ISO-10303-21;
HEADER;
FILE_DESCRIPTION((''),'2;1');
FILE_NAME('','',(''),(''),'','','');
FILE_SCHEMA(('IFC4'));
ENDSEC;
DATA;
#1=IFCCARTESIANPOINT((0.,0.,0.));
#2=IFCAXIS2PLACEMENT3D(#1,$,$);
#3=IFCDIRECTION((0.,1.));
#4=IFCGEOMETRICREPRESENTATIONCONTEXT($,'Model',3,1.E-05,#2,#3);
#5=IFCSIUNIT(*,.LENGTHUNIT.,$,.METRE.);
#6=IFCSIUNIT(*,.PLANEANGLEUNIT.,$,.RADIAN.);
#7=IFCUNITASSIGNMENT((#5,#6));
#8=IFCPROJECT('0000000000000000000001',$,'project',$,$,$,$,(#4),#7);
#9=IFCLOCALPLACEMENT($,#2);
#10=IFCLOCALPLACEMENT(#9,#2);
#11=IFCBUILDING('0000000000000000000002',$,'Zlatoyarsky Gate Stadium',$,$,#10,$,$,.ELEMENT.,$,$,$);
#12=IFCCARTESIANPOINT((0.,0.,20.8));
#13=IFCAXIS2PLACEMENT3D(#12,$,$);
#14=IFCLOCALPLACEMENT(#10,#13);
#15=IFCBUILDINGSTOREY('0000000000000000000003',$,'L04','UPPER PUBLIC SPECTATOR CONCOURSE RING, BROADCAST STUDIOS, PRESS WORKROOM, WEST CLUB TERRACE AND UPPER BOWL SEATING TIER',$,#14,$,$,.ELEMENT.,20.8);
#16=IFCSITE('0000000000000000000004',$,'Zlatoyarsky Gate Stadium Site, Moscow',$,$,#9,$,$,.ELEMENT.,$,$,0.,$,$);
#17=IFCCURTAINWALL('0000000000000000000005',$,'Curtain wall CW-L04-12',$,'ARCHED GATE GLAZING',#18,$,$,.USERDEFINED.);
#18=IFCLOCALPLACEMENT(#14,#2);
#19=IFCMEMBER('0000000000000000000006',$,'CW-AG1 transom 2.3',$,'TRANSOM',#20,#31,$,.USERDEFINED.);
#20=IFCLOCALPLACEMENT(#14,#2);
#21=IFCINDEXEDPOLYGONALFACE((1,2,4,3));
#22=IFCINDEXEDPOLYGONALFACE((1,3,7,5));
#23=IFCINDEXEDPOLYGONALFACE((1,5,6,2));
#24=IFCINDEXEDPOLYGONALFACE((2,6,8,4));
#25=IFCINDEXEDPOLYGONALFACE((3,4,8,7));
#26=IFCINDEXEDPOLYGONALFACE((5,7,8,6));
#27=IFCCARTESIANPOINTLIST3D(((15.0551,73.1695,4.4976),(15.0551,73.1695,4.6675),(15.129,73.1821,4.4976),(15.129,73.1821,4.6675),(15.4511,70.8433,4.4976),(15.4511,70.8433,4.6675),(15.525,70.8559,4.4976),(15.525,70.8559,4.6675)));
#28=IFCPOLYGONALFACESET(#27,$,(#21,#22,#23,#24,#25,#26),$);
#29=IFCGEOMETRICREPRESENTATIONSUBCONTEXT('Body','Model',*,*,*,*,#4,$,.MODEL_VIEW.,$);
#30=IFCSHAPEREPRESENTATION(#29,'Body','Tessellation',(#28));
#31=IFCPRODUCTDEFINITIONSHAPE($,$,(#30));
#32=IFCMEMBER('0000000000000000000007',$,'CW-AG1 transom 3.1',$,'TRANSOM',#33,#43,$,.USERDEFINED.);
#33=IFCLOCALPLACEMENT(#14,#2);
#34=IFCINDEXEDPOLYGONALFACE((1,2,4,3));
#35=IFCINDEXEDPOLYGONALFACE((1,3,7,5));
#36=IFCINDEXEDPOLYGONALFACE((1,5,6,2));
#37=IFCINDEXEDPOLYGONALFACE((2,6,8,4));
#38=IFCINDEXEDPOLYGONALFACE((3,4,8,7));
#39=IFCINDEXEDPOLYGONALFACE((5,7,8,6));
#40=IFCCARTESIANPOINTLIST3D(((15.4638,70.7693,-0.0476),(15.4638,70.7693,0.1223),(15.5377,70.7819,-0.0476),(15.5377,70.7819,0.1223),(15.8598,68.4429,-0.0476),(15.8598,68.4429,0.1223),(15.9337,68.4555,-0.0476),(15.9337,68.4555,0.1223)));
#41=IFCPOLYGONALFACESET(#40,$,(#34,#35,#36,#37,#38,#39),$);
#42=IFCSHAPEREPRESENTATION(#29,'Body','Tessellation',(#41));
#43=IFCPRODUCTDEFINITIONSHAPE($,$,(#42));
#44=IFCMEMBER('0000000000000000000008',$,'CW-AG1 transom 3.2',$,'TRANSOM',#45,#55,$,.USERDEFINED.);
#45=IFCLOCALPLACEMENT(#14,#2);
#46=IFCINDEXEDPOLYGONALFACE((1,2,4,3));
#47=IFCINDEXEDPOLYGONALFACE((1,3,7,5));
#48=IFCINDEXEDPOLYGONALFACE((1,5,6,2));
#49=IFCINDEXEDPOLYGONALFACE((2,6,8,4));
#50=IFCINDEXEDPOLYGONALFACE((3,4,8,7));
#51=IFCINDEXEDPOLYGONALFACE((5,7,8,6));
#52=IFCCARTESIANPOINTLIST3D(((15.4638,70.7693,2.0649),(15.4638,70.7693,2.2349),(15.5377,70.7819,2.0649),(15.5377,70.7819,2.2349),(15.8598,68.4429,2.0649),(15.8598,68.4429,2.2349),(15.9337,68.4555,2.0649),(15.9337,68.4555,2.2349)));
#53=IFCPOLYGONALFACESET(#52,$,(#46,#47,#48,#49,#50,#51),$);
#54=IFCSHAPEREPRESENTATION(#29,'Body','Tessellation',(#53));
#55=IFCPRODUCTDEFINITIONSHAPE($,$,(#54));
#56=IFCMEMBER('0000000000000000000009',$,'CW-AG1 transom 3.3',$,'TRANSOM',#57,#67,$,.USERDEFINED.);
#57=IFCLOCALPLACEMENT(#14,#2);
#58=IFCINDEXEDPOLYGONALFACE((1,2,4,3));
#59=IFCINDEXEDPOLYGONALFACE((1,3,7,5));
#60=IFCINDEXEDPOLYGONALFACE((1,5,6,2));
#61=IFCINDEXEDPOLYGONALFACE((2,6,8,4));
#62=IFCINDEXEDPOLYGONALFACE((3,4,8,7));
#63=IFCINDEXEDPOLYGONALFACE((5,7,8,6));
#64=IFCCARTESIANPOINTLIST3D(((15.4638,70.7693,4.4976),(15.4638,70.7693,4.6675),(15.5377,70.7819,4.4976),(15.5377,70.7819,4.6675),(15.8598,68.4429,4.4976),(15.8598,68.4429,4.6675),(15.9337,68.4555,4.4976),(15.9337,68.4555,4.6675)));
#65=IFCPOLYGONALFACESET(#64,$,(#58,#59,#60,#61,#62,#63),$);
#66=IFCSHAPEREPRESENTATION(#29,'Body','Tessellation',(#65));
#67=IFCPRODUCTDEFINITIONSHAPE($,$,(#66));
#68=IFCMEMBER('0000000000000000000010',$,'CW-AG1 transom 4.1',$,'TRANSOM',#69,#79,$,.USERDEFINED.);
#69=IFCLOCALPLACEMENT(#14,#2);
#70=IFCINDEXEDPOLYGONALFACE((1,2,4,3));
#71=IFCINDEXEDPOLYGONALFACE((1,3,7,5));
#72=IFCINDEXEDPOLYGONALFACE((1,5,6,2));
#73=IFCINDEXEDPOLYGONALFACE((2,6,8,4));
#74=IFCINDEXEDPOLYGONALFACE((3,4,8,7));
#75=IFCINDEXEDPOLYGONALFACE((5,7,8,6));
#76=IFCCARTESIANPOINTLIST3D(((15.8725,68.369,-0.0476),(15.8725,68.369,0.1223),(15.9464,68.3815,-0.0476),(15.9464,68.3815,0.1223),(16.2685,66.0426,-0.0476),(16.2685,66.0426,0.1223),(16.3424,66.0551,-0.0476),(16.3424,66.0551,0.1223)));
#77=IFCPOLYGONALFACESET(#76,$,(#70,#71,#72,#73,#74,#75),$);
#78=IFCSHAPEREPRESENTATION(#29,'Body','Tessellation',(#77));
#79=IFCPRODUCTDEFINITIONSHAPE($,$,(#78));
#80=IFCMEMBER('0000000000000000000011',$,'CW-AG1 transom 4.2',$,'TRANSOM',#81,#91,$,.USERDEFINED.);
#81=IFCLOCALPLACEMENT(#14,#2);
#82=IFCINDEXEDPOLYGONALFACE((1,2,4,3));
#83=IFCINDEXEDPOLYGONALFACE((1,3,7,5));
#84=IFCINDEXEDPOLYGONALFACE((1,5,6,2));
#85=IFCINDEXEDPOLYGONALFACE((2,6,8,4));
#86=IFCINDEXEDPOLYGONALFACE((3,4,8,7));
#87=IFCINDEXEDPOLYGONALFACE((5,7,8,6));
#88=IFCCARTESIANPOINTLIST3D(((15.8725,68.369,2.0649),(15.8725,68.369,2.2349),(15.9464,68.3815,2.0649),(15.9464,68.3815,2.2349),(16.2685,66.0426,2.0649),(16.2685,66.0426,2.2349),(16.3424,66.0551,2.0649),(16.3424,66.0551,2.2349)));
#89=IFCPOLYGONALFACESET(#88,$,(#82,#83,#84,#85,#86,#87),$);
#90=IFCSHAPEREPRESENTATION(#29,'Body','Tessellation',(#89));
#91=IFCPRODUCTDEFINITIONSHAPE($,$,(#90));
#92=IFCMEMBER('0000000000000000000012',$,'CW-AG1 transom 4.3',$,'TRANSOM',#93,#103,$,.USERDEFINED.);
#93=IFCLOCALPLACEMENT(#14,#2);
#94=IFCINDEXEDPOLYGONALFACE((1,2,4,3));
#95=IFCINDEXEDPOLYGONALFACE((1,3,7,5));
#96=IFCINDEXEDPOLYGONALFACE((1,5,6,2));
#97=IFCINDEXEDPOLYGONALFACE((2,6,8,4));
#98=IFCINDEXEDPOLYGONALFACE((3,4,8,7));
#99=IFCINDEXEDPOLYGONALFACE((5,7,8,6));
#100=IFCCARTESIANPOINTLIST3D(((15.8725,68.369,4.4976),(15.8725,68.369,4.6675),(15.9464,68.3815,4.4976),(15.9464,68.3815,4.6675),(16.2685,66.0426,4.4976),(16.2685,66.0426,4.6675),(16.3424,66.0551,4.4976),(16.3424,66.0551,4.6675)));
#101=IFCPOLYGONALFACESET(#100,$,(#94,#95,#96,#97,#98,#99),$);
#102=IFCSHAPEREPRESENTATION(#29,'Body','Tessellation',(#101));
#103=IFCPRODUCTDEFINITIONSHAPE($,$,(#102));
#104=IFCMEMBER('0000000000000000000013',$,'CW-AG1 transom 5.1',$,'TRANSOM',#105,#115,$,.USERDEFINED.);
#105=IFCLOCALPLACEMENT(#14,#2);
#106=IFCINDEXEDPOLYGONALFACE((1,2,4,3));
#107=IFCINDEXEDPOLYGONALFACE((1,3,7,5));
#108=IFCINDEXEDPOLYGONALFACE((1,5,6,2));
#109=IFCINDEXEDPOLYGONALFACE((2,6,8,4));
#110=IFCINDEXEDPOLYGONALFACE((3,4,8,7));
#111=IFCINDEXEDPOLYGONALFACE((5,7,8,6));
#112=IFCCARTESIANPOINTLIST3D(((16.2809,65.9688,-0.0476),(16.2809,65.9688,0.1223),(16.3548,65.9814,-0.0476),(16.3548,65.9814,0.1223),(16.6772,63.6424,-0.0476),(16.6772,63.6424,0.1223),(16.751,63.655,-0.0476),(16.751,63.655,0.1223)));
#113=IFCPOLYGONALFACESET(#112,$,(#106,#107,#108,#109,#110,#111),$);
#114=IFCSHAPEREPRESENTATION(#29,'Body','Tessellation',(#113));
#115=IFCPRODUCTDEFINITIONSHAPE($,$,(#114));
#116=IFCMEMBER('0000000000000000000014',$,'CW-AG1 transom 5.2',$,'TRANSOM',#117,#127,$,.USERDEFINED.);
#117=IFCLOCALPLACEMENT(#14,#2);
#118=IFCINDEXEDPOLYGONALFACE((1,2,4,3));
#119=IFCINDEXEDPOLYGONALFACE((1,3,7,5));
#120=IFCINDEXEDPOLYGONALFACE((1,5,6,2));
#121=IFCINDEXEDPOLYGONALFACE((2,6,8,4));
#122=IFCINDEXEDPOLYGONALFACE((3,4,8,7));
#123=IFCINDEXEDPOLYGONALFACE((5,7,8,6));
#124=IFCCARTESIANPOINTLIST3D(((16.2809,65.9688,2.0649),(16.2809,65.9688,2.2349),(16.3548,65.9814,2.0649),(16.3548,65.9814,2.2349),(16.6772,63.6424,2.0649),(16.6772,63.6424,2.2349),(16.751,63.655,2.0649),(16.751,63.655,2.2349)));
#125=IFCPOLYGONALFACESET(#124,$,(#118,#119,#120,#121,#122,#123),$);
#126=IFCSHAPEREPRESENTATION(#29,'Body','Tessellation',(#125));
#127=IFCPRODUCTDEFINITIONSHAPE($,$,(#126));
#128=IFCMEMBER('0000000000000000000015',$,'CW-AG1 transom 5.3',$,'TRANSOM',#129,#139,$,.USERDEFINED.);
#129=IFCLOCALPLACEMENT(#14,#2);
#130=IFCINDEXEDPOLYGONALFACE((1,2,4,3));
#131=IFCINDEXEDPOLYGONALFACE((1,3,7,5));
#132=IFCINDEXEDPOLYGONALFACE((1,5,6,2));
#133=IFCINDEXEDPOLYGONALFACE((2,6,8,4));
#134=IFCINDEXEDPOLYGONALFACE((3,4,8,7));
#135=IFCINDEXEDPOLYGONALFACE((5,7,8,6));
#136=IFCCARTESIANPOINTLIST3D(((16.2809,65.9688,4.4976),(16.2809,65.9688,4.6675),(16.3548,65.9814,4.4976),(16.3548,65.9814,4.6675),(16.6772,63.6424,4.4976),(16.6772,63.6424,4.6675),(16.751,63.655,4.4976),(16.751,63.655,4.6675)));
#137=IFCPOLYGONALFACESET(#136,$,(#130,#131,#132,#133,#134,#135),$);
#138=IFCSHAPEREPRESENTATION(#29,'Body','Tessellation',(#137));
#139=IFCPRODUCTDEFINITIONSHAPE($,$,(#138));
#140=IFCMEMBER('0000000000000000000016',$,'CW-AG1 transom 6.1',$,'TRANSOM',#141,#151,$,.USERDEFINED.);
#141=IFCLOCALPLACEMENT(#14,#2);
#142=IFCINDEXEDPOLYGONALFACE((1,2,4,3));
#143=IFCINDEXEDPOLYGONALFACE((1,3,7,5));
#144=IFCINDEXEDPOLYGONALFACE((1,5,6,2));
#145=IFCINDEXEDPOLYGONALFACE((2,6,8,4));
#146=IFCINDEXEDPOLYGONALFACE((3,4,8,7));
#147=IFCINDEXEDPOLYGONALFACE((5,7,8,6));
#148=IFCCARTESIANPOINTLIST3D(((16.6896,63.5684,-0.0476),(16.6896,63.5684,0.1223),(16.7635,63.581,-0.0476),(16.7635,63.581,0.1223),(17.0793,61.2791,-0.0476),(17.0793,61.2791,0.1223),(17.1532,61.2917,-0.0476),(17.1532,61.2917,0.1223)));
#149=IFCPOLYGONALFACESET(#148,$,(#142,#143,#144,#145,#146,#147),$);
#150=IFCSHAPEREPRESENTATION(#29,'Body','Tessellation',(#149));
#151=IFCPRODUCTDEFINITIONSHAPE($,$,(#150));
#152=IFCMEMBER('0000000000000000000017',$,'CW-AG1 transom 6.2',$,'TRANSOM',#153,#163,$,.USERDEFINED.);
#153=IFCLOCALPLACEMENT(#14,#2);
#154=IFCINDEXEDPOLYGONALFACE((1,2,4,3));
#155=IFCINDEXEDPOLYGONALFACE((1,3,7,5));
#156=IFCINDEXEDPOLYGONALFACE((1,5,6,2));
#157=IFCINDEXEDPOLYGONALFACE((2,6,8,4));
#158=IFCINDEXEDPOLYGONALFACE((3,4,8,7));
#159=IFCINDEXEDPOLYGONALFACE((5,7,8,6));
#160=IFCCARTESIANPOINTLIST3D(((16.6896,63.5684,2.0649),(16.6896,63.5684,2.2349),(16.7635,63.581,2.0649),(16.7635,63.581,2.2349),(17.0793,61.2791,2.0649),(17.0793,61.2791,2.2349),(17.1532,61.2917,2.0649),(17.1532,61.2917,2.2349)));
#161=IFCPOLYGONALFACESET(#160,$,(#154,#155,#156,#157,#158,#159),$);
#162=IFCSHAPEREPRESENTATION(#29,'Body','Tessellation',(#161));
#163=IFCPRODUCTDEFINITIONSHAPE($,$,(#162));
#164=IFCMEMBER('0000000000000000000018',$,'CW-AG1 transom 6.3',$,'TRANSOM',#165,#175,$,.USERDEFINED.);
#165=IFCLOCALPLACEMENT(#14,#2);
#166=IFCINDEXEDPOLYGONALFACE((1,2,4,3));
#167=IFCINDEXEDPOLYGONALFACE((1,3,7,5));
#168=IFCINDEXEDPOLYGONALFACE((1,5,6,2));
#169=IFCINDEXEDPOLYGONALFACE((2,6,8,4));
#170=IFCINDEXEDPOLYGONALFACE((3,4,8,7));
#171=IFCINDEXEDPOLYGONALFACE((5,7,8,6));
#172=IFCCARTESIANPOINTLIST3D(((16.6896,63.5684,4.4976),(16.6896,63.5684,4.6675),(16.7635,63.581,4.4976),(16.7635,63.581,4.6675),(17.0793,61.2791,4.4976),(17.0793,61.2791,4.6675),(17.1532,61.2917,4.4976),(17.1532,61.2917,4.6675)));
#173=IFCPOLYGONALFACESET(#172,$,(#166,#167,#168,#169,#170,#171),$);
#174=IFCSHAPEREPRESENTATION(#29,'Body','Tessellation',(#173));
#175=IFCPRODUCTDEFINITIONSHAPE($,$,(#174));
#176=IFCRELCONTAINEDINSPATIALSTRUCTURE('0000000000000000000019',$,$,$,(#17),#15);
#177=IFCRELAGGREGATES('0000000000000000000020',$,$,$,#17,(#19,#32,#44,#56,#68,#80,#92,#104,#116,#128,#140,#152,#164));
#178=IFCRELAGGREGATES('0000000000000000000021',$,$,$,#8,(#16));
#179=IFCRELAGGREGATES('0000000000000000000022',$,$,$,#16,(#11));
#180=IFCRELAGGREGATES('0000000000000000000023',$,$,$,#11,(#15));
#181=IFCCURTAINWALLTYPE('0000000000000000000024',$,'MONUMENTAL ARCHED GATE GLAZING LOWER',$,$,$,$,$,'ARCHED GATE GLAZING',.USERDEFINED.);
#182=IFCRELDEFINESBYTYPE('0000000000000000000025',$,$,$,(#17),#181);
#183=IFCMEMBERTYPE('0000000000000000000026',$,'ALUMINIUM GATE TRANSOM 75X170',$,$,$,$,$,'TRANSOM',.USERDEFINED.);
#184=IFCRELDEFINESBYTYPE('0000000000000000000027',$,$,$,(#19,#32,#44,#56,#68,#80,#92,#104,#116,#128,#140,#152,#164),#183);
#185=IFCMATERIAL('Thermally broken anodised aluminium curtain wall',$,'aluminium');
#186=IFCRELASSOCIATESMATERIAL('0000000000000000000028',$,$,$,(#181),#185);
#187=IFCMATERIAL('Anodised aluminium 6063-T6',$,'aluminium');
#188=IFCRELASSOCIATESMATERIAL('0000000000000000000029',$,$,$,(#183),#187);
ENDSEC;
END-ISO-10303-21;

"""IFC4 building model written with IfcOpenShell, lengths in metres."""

from ifc_helpers import new_model, si_unit, direction, frame, origin, origin_2d, place, context, subcontext, project, spatial, rectangle, extrude, material, material_profile, profile_set, type_object, element, aggregate, save


model = new_model("IFC4")

# Units and contexts
model_context = context("Model", 3, precision=1e-05, world=origin(), true_north=direction((0.0, 1.0)))
body_context = subcontext(model_context, "Body", "Model", "MODEL_VIEW")
ifc_project = project(units=[si_unit("LENGTHUNIT", "METRE"), si_unit("PLANEANGLEUNIT", "RADIAN")], contexts=[model_context])

# Site, building, storey
site_placement = place(None, origin())
site = spatial("IfcSite", under=ifc_project, at=site_placement, Name="Zlatoyarsky Gate Stadium Site, Moscow", CompositionType="ELEMENT", RefElevation=0.0)
building_placement = place(site_placement, origin())
building = spatial("IfcBuilding", under=site, at=building_placement, Name="Zlatoyarsky Gate Stadium", CompositionType="ELEMENT")
storey_placement = place(building_placement, frame((0.0, 0.0, 20.8)))
storey = spatial("IfcBuildingStorey", under=building, at=storey_placement, Name="L04", Description="UPPER PUBLIC SPECTATOR CONCOURSE RING, BROADCAST STUDIOS, PRESS WORKROOM, WEST CLUB TERRACE AND UPPER BOWL SEATING TIER", CompositionType="ELEMENT", Elevation=20.8)

# Curtain wall, members
ifc_material_1 = material(Name="Thermally broken anodised aluminium curtain wall", Category="aluminium")
curtain_wall_type = type_object("IfcCurtainWallType", Name="MONUMENTAL ARCHED GATE GLAZING LOWER", ElementType="ARCHED GATE GLAZING", PredefinedType="USERDEFINED", material=ifc_material_1)
curtain_wall_placement = place(storey_placement, origin())
curtain_wall = element("IfcCurtainWall", 1, at=curtain_wall_placement, inside=storey, type_object=curtain_wall_type, Name="Curtain wall CW-L04-12", ObjectType="ARCHED GATE GLAZING", PredefinedType="USERDEFINED")
ifc_material_2 = material(Name="Anodised aluminium 6063-T6", Category="aluminium")
ifc_material_profile_1 = material_profile(ifc_material_2, rectangle(XDim=0.075, YDim=0.1699, at=origin_2d()), Name="ALU 75X170")
ifc_profile_set_1 = profile_set([ifc_material_profile_1], Name="Anodised aluminium 6063-T6")
member_type_1 = type_object("IfcMemberType", Name="ALUMINIUM GATE TRANSOM 75X170", ElementType="TRANSOM", PredefinedType="USERDEFINED", material=ifc_profile_set_1)
member_1_placement = place(storey_placement, frame((15.092, 73.1758, 4.5825), z_axis=(0.167821, -0.985818, 0.0), x_axis=(0.985818, 0.167821, 0.0)))
member_1 = element("IfcMember", 2, at=member_1_placement, type_object=member_type_1, Name="CW-AG1 transom 2.3", ObjectType="TRANSOM", PredefinedType="USERDEFINED", context=body_context, shape_type="SweptSolid", body=[
    extrude(rectangle(XDim=0.075, YDim=0.1699, at=origin_2d()), origin(), (0.0, 0.0, 1.0), 2.3596),
])
member_2_placement = place(storey_placement, frame((15.5007, 70.7756, 0.0374), z_axis=(0.167804, -0.98582, 0.0), x_axis=(0.98582, 0.167804, 0.0)))
member_2 = element("IfcMember", 3, at=member_2_placement, type_object=member_type_1, Name="CW-AG1 transom 3.1", ObjectType="TRANSOM", PredefinedType="USERDEFINED", context=body_context, shape_type="SweptSolid", body=[
    extrude(rectangle(XDim=0.075, YDim=0.1699, at=origin_2d()), origin(), (0.0, 0.0, 1.0), 2.3599),
])
member_3_placement = place(storey_placement, frame((15.5007, 70.7756, 2.1499), z_axis=(0.167804, -0.98582, 0.0), x_axis=(0.98582, 0.167804, 0.0)))
member_3 = element("IfcMember", 4, at=member_3_placement, type_object=member_type_1, Name="CW-AG1 transom 3.2", ObjectType="TRANSOM", PredefinedType="USERDEFINED", context=body_context, shape_type="SweptSolid", body=[
    extrude(rectangle(XDim=0.075, YDim=0.1699, at=origin_2d()), origin(), (0.0, 0.0, 1.0), 2.3599),
])
member_4_placement = place(storey_placement, frame((15.5007, 70.7756, 4.5825), z_axis=(0.167804, -0.98582, 0.0), x_axis=(0.98582, 0.167804, 0.0)))
member_4 = element("IfcMember", 5, at=member_4_placement, type_object=member_type_1, Name="CW-AG1 transom 3.3", ObjectType="TRANSOM", PredefinedType="USERDEFINED", context=body_context, shape_type="SweptSolid", body=[
    extrude(rectangle(XDim=0.075, YDim=0.1699, at=origin_2d()), origin(), (0.0, 0.0, 1.0), 2.3599),
])
member_5_placement = place(storey_placement, frame((15.9094, 68.3752, 0.0374), z_axis=(0.167804, -0.98582, 0.0), x_axis=(0.98582, 0.167804, 0.0)))
member_5 = element("IfcMember", 6, at=member_5_placement, type_object=member_type_1, Name="CW-AG1 transom 4.1", ObjectType="TRANSOM", PredefinedType="USERDEFINED", context=body_context, shape_type="SweptSolid", body=[
    extrude(rectangle(XDim=0.075, YDim=0.1699, at=origin_2d()), origin(), (0.0, 0.0, 1.0), 2.3599),
])
member_6_placement = place(storey_placement, frame((15.9094, 68.3752, 2.1499), z_axis=(0.167804, -0.98582, 0.0), x_axis=(0.98582, 0.167804, 0.0)))
member_6 = element("IfcMember", 7, at=member_6_placement, type_object=member_type_1, Name="CW-AG1 transom 4.2", ObjectType="TRANSOM", PredefinedType="USERDEFINED", context=body_context, shape_type="SweptSolid", body=[
    extrude(rectangle(XDim=0.075, YDim=0.1699, at=origin_2d()), origin(), (0.0, 0.0, 1.0), 2.3599),
])
member_7_placement = place(storey_placement, frame((15.9094, 68.3752, 4.5825), z_axis=(0.167804, -0.98582, 0.0), x_axis=(0.98582, 0.167804, 0.0)))
member_7 = element("IfcMember", 8, at=member_7_placement, type_object=member_type_1, Name="CW-AG1 transom 4.3", ObjectType="TRANSOM", PredefinedType="USERDEFINED", context=body_context, shape_type="SweptSolid", body=[
    extrude(rectangle(XDim=0.075, YDim=0.1699, at=origin_2d()), origin(), (0.0, 0.0, 1.0), 2.3599),
])
member_8_placement = place(storey_placement, frame((16.3179, 65.9751, 0.0374), z_axis=(0.167904, -0.985803, 0.0), x_axis=(0.985803, 0.167904, 0.0)))
member_8 = element("IfcMember", 9, at=member_8_placement, type_object=member_type_1, Name="CW-AG1 transom 5.1", ObjectType="TRANSOM", PredefinedType="USERDEFINED", context=body_context, shape_type="SweptSolid", body=[
    extrude(rectangle(XDim=0.075, YDim=0.1699, at=origin_2d()), origin(), (0.0, 0.0, 1.0), 2.3599),
])
member_9_placement = place(storey_placement, frame((16.3179, 65.9751, 2.1499), z_axis=(0.167904, -0.985803, 0.0), x_axis=(0.985803, 0.167904, 0.0)))
member_9 = element("IfcMember", 10, at=member_9_placement, type_object=member_type_1, Name="CW-AG1 transom 5.2", ObjectType="TRANSOM", PredefinedType="USERDEFINED", context=body_context, shape_type="SweptSolid", body=[
    extrude(rectangle(XDim=0.075, YDim=0.1699, at=origin_2d()), origin(), (0.0, 0.0, 1.0), 2.3599),
])
member_10_placement = place(storey_placement, frame((16.3179, 65.9751, 4.5825), z_axis=(0.167904, -0.985803, 0.0), x_axis=(0.985803, 0.167904, 0.0)))
member_10 = element("IfcMember", 11, at=member_10_placement, type_object=member_type_1, Name="CW-AG1 transom 5.3", ObjectType="TRANSOM", PredefinedType="USERDEFINED", context=body_context, shape_type="SweptSolid", body=[
    extrude(rectangle(XDim=0.075, YDim=0.1699, at=origin_2d()), origin(), (0.0, 0.0, 1.0), 2.3599),
])
member_11_placement = place(storey_placement, frame((16.7266, 63.5747, 0.0374), z_axis=(0.167791, -0.985823, 0.0), x_axis=(0.985823, 0.167791, 0.0)))
member_11 = element("IfcMember", 12, at=member_11_placement, type_object=member_type_1, Name="CW-AG1 transom 6.1", ObjectType="TRANSOM", PredefinedType="USERDEFINED", context=body_context, shape_type="SweptSolid", body=[
    extrude(rectangle(XDim=0.075, YDim=0.1699, at=origin_2d()), origin(), (0.0, 0.0, 1.0), 2.3223),
])
member_12_placement = place(storey_placement, frame((16.7266, 63.5747, 2.1499), z_axis=(0.167791, -0.985823, 0.0), x_axis=(0.985823, 0.167791, 0.0)))
member_12 = element("IfcMember", 13, at=member_12_placement, type_object=member_type_1, Name="CW-AG1 transom 6.2", ObjectType="TRANSOM", PredefinedType="USERDEFINED", context=body_context, shape_type="SweptSolid", body=[
    extrude(rectangle(XDim=0.075, YDim=0.1699, at=origin_2d()), origin(), (0.0, 0.0, 1.0), 2.3223),
])
member_13_placement = place(storey_placement, frame((16.7266, 63.5747, 4.5825), z_axis=(0.167791, -0.985823, 0.0), x_axis=(0.985823, 0.167791, 0.0)))
member_13 = element("IfcMember", 14, at=member_13_placement, type_object=member_type_1, Name="CW-AG1 transom 6.3", ObjectType="TRANSOM", PredefinedType="USERDEFINED", context=body_context, shape_type="SweptSolid", body=[
    extrude(rectangle(XDim=0.075, YDim=0.1699, at=origin_2d()), origin(), (0.0, 0.0, 1.0), 2.3223),
])

aggregate(curtain_wall, [member_1, member_2, member_3, member_4, member_5, member_6, member_7, member_8, member_9, member_10, member_11, member_12, member_13])

save(model, "model.ifc")
